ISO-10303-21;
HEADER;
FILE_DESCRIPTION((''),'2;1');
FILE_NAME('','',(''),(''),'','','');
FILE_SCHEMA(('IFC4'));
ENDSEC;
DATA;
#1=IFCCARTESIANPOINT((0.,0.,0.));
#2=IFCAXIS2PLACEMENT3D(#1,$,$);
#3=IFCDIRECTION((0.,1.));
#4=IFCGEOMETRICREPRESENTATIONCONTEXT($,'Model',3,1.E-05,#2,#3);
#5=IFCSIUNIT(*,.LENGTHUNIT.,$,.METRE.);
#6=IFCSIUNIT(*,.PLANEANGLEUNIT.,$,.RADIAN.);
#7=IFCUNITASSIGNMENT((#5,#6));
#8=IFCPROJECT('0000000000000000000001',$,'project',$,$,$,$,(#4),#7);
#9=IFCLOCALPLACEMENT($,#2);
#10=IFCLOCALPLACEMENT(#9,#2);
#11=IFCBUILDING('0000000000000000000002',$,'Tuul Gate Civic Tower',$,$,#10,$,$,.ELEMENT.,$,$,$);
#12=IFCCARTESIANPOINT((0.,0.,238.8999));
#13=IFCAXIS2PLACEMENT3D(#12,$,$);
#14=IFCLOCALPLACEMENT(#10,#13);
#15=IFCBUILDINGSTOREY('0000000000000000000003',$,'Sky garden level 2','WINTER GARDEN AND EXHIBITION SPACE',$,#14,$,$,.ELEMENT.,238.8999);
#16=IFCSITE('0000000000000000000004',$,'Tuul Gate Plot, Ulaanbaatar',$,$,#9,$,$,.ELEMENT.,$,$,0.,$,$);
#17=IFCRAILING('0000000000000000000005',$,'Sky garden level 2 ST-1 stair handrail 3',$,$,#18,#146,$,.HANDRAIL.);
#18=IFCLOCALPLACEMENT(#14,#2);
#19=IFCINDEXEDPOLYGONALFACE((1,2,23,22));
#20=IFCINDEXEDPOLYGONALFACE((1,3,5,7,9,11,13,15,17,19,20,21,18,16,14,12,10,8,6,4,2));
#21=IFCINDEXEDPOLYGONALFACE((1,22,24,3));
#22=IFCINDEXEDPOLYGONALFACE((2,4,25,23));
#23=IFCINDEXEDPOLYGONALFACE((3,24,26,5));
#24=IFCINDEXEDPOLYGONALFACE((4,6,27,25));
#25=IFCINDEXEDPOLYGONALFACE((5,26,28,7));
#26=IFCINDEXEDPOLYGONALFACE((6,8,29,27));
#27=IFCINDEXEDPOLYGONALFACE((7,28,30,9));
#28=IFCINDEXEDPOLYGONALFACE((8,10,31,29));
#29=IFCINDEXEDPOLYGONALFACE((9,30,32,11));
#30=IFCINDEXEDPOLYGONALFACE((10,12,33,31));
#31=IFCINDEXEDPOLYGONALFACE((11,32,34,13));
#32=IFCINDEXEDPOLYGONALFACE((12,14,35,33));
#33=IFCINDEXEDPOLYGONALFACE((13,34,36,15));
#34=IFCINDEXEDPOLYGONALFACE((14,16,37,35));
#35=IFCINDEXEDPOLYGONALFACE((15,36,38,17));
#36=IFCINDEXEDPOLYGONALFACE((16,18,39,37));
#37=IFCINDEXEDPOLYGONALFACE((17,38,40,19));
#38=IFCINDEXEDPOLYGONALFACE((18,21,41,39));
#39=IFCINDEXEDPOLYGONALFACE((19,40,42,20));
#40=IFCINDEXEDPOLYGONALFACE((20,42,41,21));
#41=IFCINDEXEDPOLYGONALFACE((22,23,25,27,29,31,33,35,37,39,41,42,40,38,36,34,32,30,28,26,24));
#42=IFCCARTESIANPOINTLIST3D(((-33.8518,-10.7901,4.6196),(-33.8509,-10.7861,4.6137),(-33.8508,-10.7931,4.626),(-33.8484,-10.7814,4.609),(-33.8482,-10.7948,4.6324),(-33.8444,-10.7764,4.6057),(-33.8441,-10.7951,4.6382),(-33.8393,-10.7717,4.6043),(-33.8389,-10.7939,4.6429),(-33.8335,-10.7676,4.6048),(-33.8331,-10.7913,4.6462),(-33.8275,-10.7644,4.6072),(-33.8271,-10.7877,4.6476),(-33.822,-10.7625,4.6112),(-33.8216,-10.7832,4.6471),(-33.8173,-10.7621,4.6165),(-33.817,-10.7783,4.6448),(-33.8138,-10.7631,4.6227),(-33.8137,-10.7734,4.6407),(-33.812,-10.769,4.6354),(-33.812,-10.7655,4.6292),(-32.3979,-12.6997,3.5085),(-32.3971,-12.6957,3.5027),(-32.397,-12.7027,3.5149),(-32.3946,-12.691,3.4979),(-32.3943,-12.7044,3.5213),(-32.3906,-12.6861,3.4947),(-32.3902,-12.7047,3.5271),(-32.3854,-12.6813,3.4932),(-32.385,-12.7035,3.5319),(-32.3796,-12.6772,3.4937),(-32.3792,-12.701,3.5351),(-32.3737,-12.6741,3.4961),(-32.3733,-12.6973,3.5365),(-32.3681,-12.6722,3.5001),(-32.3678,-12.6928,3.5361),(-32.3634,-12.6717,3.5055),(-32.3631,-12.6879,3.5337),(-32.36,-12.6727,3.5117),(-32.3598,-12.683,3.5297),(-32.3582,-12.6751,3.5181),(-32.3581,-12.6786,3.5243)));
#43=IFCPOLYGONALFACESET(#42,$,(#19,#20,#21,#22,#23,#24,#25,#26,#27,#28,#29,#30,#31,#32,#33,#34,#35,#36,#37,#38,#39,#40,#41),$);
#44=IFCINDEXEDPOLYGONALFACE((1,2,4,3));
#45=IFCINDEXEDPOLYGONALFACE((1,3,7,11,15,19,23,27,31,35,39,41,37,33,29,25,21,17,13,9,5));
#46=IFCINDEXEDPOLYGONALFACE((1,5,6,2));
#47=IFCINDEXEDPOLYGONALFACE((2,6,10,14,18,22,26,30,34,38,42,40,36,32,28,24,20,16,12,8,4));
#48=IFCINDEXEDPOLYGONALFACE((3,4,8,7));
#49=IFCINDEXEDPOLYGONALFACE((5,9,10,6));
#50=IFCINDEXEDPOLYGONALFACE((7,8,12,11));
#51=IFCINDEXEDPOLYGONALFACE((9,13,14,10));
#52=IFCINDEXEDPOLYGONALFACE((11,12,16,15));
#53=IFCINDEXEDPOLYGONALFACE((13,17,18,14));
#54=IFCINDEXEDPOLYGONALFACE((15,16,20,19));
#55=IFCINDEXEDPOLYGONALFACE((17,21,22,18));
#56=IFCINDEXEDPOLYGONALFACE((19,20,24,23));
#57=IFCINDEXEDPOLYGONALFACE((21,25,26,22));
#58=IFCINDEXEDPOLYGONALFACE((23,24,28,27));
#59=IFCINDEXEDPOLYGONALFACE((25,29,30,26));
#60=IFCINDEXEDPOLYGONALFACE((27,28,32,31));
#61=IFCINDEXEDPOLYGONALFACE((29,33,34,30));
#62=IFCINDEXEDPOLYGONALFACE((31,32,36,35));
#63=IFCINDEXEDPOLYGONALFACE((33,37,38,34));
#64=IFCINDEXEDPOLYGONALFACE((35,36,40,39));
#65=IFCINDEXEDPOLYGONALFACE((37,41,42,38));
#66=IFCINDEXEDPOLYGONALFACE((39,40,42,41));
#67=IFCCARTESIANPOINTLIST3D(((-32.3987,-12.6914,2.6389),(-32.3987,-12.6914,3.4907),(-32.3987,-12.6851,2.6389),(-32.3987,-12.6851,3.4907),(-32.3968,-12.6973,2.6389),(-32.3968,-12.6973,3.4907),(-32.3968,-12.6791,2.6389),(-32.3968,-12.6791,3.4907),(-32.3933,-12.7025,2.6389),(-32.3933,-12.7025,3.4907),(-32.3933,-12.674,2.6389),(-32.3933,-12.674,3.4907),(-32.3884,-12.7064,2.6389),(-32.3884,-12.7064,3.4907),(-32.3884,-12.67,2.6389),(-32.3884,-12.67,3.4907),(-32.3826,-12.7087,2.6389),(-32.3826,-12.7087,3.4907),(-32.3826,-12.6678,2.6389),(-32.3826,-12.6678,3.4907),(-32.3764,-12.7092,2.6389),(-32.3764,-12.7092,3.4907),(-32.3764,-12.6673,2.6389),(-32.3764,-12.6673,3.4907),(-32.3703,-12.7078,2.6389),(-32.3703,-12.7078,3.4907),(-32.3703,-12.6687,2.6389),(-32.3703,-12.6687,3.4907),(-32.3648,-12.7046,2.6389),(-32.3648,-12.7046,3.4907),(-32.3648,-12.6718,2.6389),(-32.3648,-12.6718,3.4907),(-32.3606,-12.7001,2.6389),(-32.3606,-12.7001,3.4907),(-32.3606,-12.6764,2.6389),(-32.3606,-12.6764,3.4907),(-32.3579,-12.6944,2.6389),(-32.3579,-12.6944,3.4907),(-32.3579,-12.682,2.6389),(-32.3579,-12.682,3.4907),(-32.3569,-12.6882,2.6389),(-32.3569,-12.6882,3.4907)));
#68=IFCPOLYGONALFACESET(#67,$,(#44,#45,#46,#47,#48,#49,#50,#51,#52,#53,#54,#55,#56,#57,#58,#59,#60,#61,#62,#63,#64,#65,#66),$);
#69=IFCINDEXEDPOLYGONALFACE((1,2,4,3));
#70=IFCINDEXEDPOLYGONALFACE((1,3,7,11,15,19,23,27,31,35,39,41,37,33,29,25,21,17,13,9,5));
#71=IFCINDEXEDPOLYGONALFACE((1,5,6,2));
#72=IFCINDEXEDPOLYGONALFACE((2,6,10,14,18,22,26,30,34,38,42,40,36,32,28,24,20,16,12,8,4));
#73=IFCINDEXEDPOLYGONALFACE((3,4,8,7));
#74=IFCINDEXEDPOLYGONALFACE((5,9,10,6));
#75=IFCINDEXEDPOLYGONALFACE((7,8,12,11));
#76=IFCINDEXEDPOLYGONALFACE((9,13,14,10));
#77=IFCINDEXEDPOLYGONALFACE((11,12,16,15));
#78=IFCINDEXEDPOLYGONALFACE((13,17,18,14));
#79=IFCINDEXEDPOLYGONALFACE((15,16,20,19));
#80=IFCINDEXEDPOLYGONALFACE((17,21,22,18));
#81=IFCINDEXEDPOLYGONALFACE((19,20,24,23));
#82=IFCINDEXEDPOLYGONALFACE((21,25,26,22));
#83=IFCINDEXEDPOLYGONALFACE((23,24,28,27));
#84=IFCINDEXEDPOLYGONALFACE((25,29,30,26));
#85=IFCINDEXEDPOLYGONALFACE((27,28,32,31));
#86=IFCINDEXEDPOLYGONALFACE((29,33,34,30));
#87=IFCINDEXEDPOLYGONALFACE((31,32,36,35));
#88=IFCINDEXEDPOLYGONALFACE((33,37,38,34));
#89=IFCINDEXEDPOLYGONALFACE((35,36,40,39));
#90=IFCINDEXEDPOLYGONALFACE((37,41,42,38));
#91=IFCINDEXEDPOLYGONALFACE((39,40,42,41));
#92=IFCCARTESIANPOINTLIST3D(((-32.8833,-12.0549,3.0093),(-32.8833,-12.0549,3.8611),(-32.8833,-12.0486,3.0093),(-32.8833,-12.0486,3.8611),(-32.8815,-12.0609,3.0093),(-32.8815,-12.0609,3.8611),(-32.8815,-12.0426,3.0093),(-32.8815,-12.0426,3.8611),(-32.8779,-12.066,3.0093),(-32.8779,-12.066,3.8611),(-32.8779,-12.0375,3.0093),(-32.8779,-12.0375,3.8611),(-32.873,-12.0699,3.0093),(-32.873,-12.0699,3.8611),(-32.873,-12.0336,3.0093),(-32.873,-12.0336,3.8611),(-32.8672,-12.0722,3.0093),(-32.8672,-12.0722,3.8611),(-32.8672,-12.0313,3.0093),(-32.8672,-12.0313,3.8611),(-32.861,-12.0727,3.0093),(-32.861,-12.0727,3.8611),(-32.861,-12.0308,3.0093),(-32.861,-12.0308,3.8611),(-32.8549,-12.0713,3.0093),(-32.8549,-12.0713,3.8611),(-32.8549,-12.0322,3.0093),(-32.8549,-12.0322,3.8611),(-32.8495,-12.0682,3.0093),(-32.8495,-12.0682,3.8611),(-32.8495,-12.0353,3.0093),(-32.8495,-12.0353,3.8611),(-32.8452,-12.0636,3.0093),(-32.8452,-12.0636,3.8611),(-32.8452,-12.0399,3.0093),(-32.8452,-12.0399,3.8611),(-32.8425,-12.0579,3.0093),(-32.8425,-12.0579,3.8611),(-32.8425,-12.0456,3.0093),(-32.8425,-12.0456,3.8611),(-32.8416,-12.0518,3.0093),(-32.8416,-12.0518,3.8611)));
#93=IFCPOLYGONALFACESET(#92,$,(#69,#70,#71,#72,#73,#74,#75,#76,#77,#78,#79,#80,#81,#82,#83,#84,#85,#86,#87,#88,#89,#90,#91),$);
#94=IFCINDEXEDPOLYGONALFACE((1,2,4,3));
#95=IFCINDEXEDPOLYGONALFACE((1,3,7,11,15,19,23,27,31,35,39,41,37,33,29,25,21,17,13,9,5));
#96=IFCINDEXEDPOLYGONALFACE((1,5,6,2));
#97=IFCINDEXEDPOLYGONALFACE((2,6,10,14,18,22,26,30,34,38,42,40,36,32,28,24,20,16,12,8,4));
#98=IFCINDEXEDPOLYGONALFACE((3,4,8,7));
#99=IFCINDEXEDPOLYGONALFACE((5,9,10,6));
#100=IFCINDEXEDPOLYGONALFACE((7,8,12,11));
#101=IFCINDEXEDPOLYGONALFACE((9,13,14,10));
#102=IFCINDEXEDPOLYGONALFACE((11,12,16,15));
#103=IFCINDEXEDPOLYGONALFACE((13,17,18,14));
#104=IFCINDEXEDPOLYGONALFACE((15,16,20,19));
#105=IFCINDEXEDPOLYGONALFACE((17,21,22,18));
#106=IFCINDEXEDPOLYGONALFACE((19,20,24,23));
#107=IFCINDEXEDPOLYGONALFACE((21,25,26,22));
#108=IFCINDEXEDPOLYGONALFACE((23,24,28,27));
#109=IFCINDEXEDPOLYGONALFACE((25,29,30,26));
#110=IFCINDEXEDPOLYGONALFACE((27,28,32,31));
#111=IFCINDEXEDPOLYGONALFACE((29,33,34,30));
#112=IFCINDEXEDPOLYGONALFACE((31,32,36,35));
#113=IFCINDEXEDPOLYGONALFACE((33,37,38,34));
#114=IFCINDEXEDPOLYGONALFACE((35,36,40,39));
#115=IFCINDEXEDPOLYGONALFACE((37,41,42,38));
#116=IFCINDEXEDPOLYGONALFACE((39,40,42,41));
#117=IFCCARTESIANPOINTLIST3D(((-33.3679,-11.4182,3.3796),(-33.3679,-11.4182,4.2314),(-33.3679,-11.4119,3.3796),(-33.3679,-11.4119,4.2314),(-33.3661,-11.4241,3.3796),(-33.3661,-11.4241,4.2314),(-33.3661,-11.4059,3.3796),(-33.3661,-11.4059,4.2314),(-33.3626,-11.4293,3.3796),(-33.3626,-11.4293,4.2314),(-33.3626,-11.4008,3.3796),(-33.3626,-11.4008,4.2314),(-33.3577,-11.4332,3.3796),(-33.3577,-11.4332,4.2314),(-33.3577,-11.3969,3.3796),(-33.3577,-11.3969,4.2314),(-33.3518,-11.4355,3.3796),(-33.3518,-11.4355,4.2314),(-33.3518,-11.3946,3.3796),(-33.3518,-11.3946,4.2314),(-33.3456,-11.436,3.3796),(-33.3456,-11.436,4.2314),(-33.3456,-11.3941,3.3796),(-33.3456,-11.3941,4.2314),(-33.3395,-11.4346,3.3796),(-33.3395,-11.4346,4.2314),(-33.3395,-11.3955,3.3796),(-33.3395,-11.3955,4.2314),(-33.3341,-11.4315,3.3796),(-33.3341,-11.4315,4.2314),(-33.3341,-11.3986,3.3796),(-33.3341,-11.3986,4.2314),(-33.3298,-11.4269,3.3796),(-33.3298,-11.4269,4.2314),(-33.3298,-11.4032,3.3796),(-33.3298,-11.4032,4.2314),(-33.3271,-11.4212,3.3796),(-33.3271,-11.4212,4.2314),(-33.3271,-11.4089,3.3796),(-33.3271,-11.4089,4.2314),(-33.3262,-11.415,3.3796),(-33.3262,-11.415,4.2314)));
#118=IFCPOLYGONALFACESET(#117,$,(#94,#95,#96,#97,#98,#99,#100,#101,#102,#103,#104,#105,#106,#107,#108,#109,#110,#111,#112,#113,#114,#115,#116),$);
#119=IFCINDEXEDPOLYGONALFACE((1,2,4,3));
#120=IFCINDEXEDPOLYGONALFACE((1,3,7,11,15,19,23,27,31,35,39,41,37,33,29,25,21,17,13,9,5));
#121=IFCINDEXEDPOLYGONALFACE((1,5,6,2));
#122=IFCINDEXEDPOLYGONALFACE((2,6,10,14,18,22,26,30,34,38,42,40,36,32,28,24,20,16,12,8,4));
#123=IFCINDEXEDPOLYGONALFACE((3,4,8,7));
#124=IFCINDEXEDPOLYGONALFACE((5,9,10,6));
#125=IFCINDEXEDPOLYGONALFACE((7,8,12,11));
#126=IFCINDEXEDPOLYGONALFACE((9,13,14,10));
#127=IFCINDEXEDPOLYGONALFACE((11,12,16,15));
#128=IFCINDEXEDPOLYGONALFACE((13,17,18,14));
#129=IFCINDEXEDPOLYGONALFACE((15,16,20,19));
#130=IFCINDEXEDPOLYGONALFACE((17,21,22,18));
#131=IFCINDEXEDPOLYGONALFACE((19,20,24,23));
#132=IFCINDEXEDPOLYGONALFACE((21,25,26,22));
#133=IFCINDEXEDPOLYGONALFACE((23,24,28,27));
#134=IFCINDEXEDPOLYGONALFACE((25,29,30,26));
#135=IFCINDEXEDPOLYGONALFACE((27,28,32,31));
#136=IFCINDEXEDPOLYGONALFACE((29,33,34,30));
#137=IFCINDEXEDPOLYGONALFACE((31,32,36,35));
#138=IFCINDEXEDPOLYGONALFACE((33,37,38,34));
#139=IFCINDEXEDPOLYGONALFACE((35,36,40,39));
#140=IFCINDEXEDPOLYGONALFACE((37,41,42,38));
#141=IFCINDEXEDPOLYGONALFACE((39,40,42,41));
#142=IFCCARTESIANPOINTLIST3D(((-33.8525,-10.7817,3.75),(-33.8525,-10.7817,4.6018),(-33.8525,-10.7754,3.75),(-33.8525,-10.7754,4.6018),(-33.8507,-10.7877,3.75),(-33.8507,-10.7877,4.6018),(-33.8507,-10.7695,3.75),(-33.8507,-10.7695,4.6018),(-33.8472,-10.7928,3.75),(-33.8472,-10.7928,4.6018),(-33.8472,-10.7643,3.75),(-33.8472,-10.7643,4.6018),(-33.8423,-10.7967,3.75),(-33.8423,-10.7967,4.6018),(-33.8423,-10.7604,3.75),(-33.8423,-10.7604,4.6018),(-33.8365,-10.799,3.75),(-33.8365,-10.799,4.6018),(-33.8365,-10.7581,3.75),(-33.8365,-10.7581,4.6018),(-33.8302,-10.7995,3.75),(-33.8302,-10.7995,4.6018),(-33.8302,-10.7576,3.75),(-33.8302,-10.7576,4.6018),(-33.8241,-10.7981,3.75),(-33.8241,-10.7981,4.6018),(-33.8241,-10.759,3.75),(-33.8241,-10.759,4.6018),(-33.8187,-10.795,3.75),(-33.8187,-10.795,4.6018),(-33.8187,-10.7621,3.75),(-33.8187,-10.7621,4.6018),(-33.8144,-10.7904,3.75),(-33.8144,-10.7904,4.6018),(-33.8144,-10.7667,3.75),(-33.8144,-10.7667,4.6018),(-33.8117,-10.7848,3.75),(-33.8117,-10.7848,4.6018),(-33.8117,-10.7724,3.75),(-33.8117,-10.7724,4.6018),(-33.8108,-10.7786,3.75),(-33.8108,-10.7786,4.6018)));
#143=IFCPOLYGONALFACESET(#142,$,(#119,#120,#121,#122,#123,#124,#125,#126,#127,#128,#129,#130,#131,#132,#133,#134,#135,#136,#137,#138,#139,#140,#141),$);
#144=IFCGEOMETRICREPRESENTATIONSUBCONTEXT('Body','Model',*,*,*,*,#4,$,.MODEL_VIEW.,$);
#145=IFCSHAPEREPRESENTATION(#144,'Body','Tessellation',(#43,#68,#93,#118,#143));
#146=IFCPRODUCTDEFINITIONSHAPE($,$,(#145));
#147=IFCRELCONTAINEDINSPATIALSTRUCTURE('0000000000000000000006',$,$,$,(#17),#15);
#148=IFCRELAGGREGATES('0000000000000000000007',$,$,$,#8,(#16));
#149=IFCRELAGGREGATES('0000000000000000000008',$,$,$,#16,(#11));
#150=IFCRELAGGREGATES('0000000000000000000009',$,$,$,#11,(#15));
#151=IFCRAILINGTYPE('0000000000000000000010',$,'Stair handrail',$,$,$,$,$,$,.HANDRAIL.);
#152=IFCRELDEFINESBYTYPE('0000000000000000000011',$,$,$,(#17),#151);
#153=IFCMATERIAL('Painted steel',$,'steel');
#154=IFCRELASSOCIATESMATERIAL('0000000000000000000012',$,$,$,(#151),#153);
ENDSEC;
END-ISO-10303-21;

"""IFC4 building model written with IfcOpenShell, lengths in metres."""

from ifc_helpers import new_model, si_unit, direction, frame, origin, origin_2d, place, context, subcontext, project, spatial, circle, extrude, material, type_object, element, save


model = new_model("IFC4")

# Units and contexts
model_context = context("Model", 3, precision=1e-05, world=origin(), true_north=direction((0.0, 1.0)))
body_context = subcontext(model_context, "Body", "Model", "MODEL_VIEW")
ifc_project = project(units=[si_unit("LENGTHUNIT", "METRE"), si_unit("PLANEANGLEUNIT", "RADIAN")], contexts=[model_context])

# Site, building, storey
site_placement = place(None, origin())
site = spatial("IfcSite", under=ifc_project, at=site_placement, Name="Tuul Gate Plot, Ulaanbaatar", CompositionType="ELEMENT", RefElevation=0.0)
building_placement = place(site_placement, origin())
building = spatial("IfcBuilding", under=site, at=building_placement, Name="Tuul Gate Civic Tower", CompositionType="ELEMENT")
storey_placement = place(building_placement, frame((0.0, 0.0, 238.8999)))
storey = spatial("IfcBuildingStorey", under=building, at=storey_placement, Name="Sky garden level 2", Description="WINTER GARDEN AND EXHIBITION SPACE", CompositionType="ELEMENT", Elevation=238.8999)

# Railing
ifc_material_1 = material(Name="Painted steel", Category="steel")
railing_type = type_object("IfcRailingType", Name="Stair handrail", PredefinedType="HANDRAIL", material=ifc_material_1)
railing_1_placement = place(storey_placement, frame((-32.3779, -12.6882, 2.6389)))
element("IfcRailing", 1, at=railing_1_placement, inside=storey, type_object=railing_type, Name="Sky garden level 2 ST-1 stair handrail 3", PredefinedType="HANDRAIL", context=body_context, shape_type="SweptSolid", body=[
    extrude(circle(Radius=0.0239, at=origin_2d()), frame((0.0, 0.0, 0.876), z_axis=(-0.549701, 0.722042, 0.420099), x_axis=(-0.795658, -0.605746, 0.0)), (0.0, 0.0, 1.0), 2.6448),
    extrude(circle(Radius=0.021, at=origin_2d()), origin(), (0.0, 0.0, 1.0), 0.8518),
    extrude(circle(Radius=0.021, at=origin_2d()), frame((-0.4846, 0.6365, 0.3704)), (0.0, 0.0, 1.0), 0.8518),
    extrude(circle(Radius=0.021, at=origin_2d()), frame((-0.9692, 1.2732, 0.7407)), (0.0, 0.0, 1.0), 0.8518),
    extrude(circle(Radius=0.021, at=origin_2d()), frame((-1.4539, 1.9097, 1.1111)), (0.0, 0.0, 1.0), 0.8518),
])

save(model, "model.ifc")
